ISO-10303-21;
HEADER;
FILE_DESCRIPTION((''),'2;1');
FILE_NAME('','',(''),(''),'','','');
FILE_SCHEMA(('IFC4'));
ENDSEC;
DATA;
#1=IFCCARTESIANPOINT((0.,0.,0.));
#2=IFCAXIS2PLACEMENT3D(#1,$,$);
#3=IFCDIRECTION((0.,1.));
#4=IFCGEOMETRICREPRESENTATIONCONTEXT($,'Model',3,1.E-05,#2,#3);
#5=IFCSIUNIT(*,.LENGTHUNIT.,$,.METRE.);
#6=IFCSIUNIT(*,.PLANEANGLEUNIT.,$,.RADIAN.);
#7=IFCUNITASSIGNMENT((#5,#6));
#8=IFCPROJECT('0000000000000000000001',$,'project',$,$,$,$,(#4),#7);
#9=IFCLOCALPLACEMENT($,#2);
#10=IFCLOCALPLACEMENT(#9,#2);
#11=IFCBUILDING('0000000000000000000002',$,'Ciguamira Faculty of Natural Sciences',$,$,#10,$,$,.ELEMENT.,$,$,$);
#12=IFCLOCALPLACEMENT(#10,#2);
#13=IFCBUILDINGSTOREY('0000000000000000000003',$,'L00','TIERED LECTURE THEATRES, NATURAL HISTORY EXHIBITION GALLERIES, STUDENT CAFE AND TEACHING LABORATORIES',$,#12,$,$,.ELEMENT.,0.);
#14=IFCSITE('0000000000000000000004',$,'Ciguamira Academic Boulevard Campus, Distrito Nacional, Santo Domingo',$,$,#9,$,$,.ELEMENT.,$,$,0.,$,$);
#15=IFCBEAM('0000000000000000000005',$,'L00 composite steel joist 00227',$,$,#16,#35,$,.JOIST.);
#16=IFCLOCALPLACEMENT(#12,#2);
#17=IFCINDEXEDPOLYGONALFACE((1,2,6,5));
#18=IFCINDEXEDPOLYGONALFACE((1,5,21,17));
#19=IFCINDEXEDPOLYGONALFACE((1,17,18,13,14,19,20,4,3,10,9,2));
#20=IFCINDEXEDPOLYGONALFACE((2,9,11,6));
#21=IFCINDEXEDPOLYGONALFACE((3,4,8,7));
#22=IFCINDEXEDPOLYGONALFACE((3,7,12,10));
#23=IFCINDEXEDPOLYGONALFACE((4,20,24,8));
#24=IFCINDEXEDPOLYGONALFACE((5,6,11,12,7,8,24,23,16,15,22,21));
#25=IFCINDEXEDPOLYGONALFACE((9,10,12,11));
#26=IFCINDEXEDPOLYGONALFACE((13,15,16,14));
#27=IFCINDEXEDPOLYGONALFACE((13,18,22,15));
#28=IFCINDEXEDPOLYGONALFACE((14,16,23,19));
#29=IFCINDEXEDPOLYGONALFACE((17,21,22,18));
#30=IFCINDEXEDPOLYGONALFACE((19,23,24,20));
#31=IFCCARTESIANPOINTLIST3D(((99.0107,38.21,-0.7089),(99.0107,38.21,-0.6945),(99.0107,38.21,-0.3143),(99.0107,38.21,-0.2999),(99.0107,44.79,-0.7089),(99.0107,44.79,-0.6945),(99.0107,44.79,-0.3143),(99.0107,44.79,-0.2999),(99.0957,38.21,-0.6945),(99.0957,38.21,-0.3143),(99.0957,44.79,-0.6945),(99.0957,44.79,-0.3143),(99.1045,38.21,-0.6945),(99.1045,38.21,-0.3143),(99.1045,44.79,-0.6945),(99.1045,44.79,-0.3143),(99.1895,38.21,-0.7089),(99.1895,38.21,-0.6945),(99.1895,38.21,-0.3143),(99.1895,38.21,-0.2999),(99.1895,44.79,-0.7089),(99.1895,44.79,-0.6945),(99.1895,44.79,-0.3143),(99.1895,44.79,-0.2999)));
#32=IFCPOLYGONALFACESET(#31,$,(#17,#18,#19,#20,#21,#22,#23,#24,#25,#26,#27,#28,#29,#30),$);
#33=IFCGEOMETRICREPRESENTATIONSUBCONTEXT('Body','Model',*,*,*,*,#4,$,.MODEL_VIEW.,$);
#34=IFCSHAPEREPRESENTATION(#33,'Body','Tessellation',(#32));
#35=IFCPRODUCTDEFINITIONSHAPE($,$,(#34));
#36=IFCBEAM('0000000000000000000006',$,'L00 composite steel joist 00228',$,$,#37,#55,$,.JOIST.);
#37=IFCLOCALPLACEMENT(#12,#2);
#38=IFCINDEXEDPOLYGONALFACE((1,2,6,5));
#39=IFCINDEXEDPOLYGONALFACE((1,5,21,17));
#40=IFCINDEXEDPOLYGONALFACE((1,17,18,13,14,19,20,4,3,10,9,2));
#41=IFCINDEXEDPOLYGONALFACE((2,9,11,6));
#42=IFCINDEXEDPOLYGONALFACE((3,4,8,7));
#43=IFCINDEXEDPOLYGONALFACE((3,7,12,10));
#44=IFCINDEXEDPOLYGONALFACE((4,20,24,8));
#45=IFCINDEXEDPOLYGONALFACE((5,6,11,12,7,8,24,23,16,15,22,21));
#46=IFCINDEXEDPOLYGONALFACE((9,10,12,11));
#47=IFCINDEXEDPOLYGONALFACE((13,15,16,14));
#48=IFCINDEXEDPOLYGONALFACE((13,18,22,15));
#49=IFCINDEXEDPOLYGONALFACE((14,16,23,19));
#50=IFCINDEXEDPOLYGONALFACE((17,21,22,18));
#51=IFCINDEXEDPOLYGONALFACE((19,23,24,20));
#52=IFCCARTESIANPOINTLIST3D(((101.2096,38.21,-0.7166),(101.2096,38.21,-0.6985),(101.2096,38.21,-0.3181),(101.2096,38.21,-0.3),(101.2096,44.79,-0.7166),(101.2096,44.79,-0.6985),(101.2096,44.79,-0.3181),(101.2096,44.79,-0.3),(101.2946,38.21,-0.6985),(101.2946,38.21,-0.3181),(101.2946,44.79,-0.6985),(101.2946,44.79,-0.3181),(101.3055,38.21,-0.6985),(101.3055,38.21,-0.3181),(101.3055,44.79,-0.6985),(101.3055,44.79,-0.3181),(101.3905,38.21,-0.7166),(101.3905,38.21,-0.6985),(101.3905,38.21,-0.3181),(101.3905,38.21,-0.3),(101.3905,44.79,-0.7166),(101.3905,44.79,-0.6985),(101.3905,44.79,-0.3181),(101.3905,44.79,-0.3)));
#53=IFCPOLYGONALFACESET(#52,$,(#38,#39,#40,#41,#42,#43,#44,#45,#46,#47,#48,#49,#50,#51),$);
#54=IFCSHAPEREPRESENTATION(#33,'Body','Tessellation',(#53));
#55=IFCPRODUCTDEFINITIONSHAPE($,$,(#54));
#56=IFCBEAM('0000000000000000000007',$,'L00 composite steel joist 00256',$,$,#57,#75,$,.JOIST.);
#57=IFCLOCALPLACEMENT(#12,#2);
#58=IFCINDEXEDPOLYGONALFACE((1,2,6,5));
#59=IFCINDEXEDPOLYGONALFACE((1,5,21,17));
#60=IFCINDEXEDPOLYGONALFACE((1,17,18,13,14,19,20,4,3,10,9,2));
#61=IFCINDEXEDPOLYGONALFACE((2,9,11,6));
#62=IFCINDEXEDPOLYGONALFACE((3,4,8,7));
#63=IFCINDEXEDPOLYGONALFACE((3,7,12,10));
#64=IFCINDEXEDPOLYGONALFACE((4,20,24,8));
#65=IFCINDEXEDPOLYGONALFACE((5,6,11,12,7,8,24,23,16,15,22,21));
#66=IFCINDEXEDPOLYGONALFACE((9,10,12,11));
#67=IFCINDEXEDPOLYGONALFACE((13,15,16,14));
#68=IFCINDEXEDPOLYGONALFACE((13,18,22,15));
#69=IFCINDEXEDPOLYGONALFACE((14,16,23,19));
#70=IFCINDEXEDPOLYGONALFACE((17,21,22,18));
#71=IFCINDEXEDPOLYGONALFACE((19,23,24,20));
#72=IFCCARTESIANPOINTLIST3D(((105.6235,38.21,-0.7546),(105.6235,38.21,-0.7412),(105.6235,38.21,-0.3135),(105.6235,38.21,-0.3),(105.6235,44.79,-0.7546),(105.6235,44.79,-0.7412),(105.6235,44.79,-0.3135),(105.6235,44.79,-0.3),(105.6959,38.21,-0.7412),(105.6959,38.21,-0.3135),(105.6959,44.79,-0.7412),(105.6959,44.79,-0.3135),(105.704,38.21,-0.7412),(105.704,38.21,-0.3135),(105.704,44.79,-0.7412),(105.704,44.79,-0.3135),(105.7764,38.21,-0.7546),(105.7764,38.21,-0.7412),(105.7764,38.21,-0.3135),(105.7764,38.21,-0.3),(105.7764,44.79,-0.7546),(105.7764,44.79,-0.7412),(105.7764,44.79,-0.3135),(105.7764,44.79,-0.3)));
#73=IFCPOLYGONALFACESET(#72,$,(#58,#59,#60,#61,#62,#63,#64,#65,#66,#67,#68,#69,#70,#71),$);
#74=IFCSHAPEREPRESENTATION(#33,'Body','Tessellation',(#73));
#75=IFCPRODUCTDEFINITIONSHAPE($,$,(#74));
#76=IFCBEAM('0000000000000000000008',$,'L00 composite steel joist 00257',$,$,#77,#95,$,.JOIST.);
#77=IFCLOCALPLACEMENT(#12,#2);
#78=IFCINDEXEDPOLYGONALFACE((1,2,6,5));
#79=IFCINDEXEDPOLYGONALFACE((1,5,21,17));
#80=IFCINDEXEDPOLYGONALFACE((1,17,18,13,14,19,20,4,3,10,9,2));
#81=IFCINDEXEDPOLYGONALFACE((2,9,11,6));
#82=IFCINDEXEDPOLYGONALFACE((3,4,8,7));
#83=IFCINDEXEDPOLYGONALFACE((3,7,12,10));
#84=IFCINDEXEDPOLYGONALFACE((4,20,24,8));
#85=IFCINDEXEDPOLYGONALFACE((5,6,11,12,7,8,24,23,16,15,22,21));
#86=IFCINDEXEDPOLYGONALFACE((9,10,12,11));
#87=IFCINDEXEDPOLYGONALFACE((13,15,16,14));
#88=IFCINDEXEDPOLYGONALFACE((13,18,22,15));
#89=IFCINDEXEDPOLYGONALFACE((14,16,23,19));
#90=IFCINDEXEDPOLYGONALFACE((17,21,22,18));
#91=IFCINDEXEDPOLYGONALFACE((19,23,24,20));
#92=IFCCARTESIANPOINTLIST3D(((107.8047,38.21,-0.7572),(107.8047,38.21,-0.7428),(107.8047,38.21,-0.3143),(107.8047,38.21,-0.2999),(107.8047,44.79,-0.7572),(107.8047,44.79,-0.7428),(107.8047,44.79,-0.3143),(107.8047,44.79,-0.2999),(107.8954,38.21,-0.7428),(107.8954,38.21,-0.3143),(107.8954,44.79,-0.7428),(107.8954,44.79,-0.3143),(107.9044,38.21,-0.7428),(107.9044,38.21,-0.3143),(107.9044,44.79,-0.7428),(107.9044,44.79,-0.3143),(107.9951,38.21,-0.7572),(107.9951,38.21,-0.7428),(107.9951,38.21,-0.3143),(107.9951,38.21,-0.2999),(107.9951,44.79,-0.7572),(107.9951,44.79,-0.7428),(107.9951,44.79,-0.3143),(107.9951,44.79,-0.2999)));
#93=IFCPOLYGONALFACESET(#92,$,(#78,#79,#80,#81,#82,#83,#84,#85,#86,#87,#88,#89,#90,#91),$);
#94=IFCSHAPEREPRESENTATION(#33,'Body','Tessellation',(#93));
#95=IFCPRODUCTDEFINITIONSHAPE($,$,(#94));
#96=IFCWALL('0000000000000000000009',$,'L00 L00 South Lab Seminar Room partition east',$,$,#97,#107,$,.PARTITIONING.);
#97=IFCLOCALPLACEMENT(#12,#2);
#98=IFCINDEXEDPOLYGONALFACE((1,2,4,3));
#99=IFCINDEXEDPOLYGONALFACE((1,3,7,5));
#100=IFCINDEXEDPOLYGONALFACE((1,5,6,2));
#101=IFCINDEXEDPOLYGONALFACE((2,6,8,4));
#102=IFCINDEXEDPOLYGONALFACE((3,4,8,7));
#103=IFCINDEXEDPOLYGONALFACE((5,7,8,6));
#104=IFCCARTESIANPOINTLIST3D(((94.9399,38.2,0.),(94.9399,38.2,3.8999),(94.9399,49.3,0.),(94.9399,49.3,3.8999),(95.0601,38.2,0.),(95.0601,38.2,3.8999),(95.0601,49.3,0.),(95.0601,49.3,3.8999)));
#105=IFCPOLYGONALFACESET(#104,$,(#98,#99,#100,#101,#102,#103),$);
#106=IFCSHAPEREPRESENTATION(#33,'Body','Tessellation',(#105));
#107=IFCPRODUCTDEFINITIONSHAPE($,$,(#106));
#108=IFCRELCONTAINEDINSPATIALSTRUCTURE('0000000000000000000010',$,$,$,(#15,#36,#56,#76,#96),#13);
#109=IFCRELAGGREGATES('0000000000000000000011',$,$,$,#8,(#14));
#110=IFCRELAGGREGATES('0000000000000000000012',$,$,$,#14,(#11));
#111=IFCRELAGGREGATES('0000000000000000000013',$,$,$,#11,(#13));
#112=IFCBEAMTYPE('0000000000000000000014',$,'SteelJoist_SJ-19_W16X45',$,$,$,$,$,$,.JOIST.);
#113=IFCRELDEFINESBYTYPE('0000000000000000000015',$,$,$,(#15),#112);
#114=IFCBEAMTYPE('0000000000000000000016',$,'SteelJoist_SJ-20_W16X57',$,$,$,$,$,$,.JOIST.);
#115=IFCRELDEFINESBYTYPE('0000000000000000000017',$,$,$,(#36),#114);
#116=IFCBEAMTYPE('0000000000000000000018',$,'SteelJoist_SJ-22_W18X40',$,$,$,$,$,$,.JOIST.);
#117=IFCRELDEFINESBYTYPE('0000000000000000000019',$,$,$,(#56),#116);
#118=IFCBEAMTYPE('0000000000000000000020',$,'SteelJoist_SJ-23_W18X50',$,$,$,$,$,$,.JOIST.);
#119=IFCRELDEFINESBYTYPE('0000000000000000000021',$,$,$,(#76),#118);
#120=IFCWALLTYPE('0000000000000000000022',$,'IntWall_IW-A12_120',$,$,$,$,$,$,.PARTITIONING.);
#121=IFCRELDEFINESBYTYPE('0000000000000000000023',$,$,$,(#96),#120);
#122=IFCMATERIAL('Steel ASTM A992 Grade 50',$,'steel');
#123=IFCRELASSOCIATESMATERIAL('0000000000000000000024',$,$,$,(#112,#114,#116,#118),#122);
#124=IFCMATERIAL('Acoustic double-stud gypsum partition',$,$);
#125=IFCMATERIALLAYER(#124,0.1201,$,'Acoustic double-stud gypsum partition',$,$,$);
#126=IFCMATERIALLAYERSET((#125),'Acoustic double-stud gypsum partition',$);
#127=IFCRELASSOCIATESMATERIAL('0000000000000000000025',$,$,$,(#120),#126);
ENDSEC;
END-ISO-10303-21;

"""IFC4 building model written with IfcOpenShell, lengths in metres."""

from ifc_helpers import new_model, si_unit, direction, frame, frame_2d, origin, origin_2d, place, context, subcontext, project, spatial, rectangle, i_section, extrude, material, layer, layer_set, material_profile, profile_set, type_object, element, save


model = new_model("IFC4")

# Units and contexts
model_context = context("Model", 3, precision=1e-05, world=origin(), true_north=direction((0.0, 1.0)))
body_context = subcontext(model_context, "Body", "Model", "MODEL_VIEW")
ifc_project = project(units=[si_unit("LENGTHUNIT", "METRE"), si_unit("PLANEANGLEUNIT", "RADIAN")], contexts=[model_context])

# Site, building, storey
site_placement = place(None, origin())
site = spatial("IfcSite", under=ifc_project, at=site_placement, Name="Ciguamira Academic Boulevard Campus, Distrito Nacional, Santo Domingo", CompositionType="ELEMENT", RefElevation=0.0)
building_placement = place(site_placement, origin())
building = spatial("IfcBuilding", under=site, at=building_placement, Name="Ciguamira Faculty of Natural Sciences", CompositionType="ELEMENT")
storey_placement = place(building_placement, origin())
storey = spatial("IfcBuildingStorey", under=building, at=storey_placement, Name="L00", Description="TIERED LECTURE THEATRES, NATURAL HISTORY EXHIBITION GALLERIES, STUDENT CAFE AND TEACHING LABORATORIES", CompositionType="ELEMENT", Elevation=0.0)

# Beams
ifc_material_1 = material(Name="Steel ASTM A992 Grade 50", Category="steel")
ifc_material_profile_1 = material_profile(ifc_material_1, i_section(OverallWidth=0.1787, OverallDepth=0.4089, WebThickness=0.0088, FlangeThickness=0.0144, at=origin_2d()), Name="W16X45")
ifc_profile_set_1 = profile_set([ifc_material_profile_1], Name="Steel ASTM A992 Grade 50")
beam_type_1 = type_object("IfcBeamType", Name="SteelJoist_SJ-19_W16X45", PredefinedType="JOIST", material=ifc_profile_set_1)
beam_1_placement = place(storey_placement, frame((99.1001, 38.21, -0.5044), z_axis=(0.0, 1.0, 0.0), x_axis=(-1.0, 0.0, 0.0)))
element("IfcBeam", 1, at=beam_1_placement, inside=storey, type_object=beam_type_1, Name="L00 composite steel joist 00227", PredefinedType="JOIST", context=body_context, shape_type="SweptSolid", body=[
    extrude(i_section(OverallWidth=0.1787, OverallDepth=0.4089, WebThickness=0.0088, FlangeThickness=0.0144, at=origin_2d()), origin(), (0.0, 0.0, 1.0), 6.5801),
])
ifc_material_profile_2 = material_profile(ifc_material_1, i_section(OverallWidth=0.1809, OverallDepth=0.4165, WebThickness=0.011, FlangeThickness=0.0181, at=origin_2d()), Name="W16X57")
ifc_profile_set_2 = profile_set([ifc_material_profile_2], Name="Steel ASTM A992 Grade 50")
beam_type_2 = type_object("IfcBeamType", Name="SteelJoist_SJ-20_W16X57", PredefinedType="JOIST", material=ifc_profile_set_2)
beam_2_placement = place(storey_placement, frame((101.3, 38.21, -0.5083), z_axis=(0.0, 1.0, 0.0), x_axis=(-1.0, 0.0, 0.0)))
element("IfcBeam", 2, at=beam_2_placement, inside=storey, type_object=beam_type_2, Name="L00 composite steel joist 00228", PredefinedType="JOIST", context=body_context, shape_type="SweptSolid", body=[
    extrude(i_section(OverallWidth=0.1809, OverallDepth=0.4165, WebThickness=0.011, FlangeThickness=0.0181, at=origin_2d()), origin(), (0.0, 0.0, 1.0), 6.5801),
])
ifc_material_profile_3 = material_profile(ifc_material_1, i_section(OverallWidth=0.1528, OverallDepth=0.4546, WebThickness=0.0081, FlangeThickness=0.0134, at=origin_2d()), Name="W18X40")
ifc_profile_set_3 = profile_set([ifc_material_profile_3], Name="Steel ASTM A992 Grade 50")
beam_type_3 = type_object("IfcBeamType", Name="SteelJoist_SJ-22_W18X40", PredefinedType="JOIST", material=ifc_profile_set_3)
beam_3_placement = place(storey_placement, frame((105.7, 38.21, -0.5273), z_axis=(0.0, 1.0, 0.0), x_axis=(-1.0, 0.0, 0.0)))
element("IfcBeam", 3, at=beam_3_placement, inside=storey, type_object=beam_type_3, Name="L00 composite steel joist 00256", PredefinedType="JOIST", context=body_context, shape_type="SweptSolid", body=[
    extrude(i_section(OverallWidth=0.1528, OverallDepth=0.4546, WebThickness=0.0081, FlangeThickness=0.0134, at=origin_2d()), origin(), (0.0, 0.0, 1.0), 6.5801),
])
ifc_material_profile_4 = material_profile(ifc_material_1, i_section(OverallWidth=0.1904, OverallDepth=0.4573, WebThickness=0.009, FlangeThickness=0.0144, at=origin_2d()), Name="W18X50")
ifc_profile_set_4 = profile_set([ifc_material_profile_4], Name="Steel ASTM A992 Grade 50")
beam_type_4 = type_object("IfcBeamType", Name="SteelJoist_SJ-23_W18X50", PredefinedType="JOIST", material=ifc_profile_set_4)
beam_4_placement = place(storey_placement, frame((107.8999, 38.21, -0.5286), z_axis=(0.0, 1.0, 0.0), x_axis=(-1.0, 0.0, 0.0)))
element("IfcBeam", 4, at=beam_4_placement, inside=storey, type_object=beam_type_4, Name="L00 composite steel joist 00257", PredefinedType="JOIST", context=body_context, shape_type="SweptSolid", body=[
    extrude(i_section(OverallWidth=0.1904, OverallDepth=0.4573, WebThickness=0.009, FlangeThickness=0.0144, at=origin_2d()), origin(), (0.0, 0.0, 1.0), 6.5801),
])

# Wall
ifc_material_2 = material(Name="Acoustic double-stud gypsum partition")
ifc_layer = layer(ifc_material_2, 0.1201, Name="Acoustic double-stud gypsum partition")
ifc_layer_set = layer_set([ifc_layer], Name="Acoustic double-stud gypsum partition")
wall_type = type_object("IfcWallType", Name="IntWall_IW-A12_120", PredefinedType="PARTITIONING", material=ifc_layer_set)
wall_placement = place(storey_placement, frame((95.0, 38.2, 0.0), z_axis=(0.0, 0.0, 1.0), x_axis=(0.0, 1.0, 0.0)))
element("IfcWall", 5, at=wall_placement, inside=storey, type_object=wall_type, Name="L00 L00 South Lab Seminar Room partition east", PredefinedType="PARTITIONING", context=body_context, shape_type="SweptSolid", body=[
    extrude(rectangle(XDim=11.1001, YDim=0.1201, at=frame_2d((5.55, 0.0))), origin(), (0.0, 0.0, 1.0), 3.8999),
])

save(model, "model.ifc")
